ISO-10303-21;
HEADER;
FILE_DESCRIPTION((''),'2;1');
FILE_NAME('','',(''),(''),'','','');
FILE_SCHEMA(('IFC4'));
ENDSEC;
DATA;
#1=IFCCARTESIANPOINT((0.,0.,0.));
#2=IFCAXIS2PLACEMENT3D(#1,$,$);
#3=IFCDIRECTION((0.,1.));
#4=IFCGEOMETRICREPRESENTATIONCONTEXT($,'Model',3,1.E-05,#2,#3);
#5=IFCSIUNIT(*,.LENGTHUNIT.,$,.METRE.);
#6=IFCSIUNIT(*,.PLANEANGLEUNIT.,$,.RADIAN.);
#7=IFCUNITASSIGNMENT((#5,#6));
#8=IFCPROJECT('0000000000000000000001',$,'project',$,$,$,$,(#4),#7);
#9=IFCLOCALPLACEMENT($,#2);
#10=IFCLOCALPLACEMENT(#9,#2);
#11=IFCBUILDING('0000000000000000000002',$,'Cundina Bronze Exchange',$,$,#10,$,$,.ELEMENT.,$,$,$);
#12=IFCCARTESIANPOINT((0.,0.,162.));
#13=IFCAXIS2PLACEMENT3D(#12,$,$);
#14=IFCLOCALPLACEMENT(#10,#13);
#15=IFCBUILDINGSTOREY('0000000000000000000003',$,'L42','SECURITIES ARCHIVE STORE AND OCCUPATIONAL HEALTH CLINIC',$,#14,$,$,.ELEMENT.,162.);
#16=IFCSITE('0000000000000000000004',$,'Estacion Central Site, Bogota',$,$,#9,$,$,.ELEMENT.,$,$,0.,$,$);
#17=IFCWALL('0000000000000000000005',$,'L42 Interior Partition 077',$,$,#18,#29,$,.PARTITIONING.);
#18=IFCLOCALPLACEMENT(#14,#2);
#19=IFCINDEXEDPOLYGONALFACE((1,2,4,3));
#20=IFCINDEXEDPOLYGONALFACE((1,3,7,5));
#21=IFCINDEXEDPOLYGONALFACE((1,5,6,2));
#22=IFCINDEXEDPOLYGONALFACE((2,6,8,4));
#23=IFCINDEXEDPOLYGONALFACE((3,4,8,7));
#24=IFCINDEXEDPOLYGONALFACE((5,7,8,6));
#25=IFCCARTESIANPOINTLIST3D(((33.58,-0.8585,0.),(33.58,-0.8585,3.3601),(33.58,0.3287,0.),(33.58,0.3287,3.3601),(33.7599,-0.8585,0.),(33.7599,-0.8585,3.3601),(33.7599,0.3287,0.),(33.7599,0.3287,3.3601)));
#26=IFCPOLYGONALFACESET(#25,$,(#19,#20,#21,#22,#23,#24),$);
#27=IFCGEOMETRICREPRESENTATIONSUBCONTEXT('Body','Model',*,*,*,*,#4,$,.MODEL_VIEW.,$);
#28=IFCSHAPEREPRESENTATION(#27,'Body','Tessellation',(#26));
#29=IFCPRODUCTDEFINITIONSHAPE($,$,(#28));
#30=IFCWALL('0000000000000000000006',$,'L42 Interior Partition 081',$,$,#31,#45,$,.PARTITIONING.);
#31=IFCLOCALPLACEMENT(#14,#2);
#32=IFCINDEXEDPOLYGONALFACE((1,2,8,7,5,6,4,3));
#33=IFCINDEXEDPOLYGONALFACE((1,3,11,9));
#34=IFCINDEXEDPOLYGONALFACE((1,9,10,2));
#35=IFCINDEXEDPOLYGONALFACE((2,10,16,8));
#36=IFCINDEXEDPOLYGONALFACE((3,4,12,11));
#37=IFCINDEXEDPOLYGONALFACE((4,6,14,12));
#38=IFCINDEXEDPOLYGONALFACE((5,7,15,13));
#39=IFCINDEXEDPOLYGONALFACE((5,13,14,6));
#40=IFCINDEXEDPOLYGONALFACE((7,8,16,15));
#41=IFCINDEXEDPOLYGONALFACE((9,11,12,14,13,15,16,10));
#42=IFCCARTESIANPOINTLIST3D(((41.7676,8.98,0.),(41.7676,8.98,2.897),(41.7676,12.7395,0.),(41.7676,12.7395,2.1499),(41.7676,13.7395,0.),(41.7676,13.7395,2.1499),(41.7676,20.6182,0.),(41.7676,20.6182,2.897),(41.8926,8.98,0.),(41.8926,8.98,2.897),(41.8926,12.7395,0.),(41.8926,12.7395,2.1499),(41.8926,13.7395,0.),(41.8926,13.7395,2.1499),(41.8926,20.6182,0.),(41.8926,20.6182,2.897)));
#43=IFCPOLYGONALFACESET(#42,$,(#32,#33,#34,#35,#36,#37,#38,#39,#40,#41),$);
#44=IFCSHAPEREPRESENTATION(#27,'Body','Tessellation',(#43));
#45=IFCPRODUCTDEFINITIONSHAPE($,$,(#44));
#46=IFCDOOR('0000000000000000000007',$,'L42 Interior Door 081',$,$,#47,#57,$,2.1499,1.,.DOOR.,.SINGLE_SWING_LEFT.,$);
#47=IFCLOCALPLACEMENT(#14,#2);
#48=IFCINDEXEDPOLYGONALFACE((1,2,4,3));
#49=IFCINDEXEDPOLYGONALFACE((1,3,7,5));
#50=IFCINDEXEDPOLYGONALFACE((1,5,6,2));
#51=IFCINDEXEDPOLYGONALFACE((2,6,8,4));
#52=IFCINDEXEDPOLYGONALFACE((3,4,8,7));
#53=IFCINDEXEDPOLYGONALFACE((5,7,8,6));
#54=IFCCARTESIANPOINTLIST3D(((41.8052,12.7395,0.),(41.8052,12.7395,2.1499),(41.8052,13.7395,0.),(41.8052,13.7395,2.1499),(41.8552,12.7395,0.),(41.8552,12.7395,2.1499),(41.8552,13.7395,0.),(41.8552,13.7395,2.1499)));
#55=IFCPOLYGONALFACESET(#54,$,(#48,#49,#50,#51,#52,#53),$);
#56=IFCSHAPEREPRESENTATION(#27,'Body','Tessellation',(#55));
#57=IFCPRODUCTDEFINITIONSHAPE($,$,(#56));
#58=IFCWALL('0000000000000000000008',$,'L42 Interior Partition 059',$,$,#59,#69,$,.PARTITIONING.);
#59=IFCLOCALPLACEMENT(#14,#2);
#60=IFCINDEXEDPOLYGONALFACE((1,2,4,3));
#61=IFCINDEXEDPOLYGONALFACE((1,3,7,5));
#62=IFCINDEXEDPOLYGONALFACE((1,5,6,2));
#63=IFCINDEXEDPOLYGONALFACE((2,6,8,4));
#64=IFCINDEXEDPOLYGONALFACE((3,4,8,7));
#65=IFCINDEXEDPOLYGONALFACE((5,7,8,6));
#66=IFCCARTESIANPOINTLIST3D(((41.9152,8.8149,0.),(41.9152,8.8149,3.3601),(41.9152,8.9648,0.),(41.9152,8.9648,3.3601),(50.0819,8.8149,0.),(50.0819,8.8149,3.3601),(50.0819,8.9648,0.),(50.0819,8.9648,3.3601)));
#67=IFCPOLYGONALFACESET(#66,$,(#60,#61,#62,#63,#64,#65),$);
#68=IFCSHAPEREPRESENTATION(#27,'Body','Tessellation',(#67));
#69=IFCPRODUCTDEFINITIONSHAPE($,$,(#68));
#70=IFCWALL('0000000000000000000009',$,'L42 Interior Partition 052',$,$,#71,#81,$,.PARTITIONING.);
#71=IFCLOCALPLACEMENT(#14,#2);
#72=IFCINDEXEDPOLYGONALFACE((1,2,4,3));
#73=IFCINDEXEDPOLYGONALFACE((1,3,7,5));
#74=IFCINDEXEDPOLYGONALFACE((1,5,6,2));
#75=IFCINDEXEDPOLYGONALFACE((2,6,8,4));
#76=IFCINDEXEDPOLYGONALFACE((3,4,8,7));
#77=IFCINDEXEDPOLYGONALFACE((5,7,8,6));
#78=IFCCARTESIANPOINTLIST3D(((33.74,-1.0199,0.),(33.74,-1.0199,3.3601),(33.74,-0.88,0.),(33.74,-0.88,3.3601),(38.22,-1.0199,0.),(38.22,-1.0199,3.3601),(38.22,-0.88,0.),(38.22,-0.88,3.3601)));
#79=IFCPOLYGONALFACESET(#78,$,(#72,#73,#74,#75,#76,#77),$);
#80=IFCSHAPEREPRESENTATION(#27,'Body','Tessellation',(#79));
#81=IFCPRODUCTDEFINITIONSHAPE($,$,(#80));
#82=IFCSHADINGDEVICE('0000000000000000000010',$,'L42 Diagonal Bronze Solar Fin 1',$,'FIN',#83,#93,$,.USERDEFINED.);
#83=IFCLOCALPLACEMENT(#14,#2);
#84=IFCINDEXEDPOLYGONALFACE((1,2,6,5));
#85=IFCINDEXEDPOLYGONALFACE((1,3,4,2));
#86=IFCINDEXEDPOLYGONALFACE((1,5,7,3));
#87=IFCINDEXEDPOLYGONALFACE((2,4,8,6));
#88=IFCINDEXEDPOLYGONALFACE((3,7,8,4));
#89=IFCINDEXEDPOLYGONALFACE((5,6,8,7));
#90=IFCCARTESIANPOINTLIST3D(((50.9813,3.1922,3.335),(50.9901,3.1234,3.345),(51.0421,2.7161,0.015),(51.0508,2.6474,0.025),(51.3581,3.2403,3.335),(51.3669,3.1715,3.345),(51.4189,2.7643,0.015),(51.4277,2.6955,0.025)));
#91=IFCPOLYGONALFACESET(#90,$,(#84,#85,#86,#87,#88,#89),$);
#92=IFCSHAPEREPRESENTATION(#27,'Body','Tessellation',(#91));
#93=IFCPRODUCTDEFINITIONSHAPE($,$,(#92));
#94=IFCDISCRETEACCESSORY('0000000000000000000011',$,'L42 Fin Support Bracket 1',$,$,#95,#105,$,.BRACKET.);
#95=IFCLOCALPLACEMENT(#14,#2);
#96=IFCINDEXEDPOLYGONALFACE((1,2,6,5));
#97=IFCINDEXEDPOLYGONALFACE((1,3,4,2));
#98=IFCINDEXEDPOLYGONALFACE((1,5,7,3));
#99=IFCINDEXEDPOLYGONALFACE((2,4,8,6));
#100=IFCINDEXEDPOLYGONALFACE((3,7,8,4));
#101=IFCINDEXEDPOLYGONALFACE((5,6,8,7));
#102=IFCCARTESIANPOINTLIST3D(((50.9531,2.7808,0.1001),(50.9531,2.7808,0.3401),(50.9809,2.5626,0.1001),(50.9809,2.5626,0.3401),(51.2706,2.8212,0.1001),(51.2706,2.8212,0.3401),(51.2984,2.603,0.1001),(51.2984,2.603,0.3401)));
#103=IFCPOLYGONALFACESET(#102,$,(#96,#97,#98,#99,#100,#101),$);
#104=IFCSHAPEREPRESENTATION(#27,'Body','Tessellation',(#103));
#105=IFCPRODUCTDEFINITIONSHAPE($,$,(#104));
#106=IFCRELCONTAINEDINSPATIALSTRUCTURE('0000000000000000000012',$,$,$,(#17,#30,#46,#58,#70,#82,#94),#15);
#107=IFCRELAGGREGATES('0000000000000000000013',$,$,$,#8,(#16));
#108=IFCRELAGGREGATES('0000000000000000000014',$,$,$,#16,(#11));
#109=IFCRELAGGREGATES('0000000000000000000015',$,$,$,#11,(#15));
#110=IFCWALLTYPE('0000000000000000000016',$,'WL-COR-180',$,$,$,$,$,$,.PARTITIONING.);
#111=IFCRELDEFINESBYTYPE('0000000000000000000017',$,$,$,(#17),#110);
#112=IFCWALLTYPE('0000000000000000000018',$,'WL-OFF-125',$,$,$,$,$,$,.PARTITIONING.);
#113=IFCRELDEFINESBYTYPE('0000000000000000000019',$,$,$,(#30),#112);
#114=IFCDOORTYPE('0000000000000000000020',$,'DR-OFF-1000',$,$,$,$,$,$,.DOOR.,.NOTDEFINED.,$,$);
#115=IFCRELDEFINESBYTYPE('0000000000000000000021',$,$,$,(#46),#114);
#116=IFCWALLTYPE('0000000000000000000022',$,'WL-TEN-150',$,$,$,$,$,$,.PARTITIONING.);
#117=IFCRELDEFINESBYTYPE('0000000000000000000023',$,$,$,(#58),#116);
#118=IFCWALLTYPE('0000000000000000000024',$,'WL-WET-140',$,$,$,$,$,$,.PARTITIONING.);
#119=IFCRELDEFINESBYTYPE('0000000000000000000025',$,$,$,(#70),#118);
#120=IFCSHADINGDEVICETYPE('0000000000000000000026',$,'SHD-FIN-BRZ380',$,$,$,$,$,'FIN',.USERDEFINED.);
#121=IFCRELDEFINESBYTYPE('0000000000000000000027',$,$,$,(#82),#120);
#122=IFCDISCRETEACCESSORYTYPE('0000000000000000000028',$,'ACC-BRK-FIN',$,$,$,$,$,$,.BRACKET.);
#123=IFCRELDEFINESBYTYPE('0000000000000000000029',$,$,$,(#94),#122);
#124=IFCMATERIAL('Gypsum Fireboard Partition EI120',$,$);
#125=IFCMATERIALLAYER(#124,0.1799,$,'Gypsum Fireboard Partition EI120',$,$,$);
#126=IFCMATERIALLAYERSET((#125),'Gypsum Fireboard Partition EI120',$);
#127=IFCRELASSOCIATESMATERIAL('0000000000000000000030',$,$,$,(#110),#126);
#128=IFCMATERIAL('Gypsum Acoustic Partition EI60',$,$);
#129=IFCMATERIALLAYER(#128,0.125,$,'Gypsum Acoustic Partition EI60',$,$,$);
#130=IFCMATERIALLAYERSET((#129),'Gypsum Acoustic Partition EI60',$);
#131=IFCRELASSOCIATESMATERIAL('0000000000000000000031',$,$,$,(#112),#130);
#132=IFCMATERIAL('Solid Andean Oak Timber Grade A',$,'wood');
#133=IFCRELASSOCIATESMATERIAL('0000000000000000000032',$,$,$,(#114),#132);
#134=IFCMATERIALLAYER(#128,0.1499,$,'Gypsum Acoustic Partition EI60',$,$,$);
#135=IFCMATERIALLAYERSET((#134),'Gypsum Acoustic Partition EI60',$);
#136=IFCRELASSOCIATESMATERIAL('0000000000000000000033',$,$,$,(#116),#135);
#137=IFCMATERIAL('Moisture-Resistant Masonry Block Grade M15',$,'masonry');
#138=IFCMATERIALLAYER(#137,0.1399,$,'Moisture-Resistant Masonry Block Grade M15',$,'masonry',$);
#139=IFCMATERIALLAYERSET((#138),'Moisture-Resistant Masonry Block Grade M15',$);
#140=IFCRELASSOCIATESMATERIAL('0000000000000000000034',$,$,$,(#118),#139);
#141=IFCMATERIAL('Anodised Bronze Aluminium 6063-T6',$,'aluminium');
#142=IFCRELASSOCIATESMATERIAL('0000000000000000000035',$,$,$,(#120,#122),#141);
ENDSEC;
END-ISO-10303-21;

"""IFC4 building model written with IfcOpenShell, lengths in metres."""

from ifc_helpers import new_model, si_unit, direction, frame, frame_2d, origin, origin_2d, place, context, subcontext, project, spatial, rectangle, extrude, material, layer, layer_set, material_profile, profile_set, type_object, element, fill, save


model = new_model("IFC4")

# Units and contexts
model_context = context("Model", 3, precision=1e-05, world=origin(), true_north=direction((0.0, 1.0)))
body_context = subcontext(model_context, "Body", "Model", "MODEL_VIEW")
ifc_project = project(units=[si_unit("LENGTHUNIT", "METRE"), si_unit("PLANEANGLEUNIT", "RADIAN")], contexts=[model_context])

# Site, building, storey
site_placement = place(None, origin())
site = spatial("IfcSite", under=ifc_project, at=site_placement, Name="Estacion Central Site, Bogota", CompositionType="ELEMENT", RefElevation=0.0)
building_placement = place(site_placement, origin())
building = spatial("IfcBuilding", under=site, at=building_placement, Name="Cundina Bronze Exchange", CompositionType="ELEMENT")
storey_placement = place(building_placement, frame((0.0, 0.0, 162.0)))
storey = spatial("IfcBuildingStorey", under=building, at=storey_placement, Name="L42", Description="SECURITIES ARCHIVE STORE AND OCCUPATIONAL HEALTH CLINIC", CompositionType="ELEMENT", Elevation=162.0)

# Shared definitions
ifc_material_1 = material(Name="Anodised Bronze Aluminium 6063-T6", Category="aluminium")

# Wall
ifc_material_2 = material(Name="Gypsum Fireboard Partition EI120")
ifc_layer_1 = layer(ifc_material_2, 0.1799, Name="Gypsum Fireboard Partition EI120")
ifc_layer_set_1 = layer_set([ifc_layer_1], Name="Gypsum Fireboard Partition EI120")
wall_type_1 = type_object("IfcWallType", Name="WL-COR-180", PredefinedType="PARTITIONING", material=ifc_layer_set_1)
wall_1_placement = place(storey_placement, frame((33.6699, -0.8586, 0.0), z_axis=(0.0, 0.0, 1.0), x_axis=(0.0, 1.0, 0.0)))
element("IfcWall", 1, at=wall_1_placement, inside=storey, type_object=wall_type_1, Name="L42 Interior Partition 077", PredefinedType="PARTITIONING", context=body_context, shape_type="SweptSolid", body=[
    extrude(rectangle(XDim=1.1873, YDim=0.1799, at=frame_2d((0.5938, 0.0))), origin(), (0.0, 0.0, 1.0), 3.3601),
])

# Wall, opening, door
ifc_material_3 = material(Name="Gypsum Acoustic Partition EI60")
ifc_layer_2 = layer(ifc_material_3, 0.125, Name="Gypsum Acoustic Partition EI60")
ifc_layer_set_2 = layer_set([ifc_layer_2], Name="Gypsum Acoustic Partition EI60")
wall_type_2 = type_object("IfcWallType", Name="WL-OFF-125", PredefinedType="PARTITIONING", material=ifc_layer_set_2)
wall_2_placement = place(storey_placement, frame((41.8301, 8.98, 0.0), z_axis=(0.0, 0.0, 1.0), x_axis=(0.0, 1.0, 0.0)))
wall_2 = element("IfcWall", 2, at=wall_2_placement, inside=storey, type_object=wall_type_2, Name="L42 Interior Partition 081", PredefinedType="PARTITIONING", context=body_context, shape_type="SweptSolid", body=[
    extrude(rectangle(XDim=11.6382, YDim=0.125, at=frame_2d((5.8191, 0.0))), origin(), (0.0, 0.0, 1.0), 2.897),
])
opening_placement = place(wall_2_placement, frame((3.7595, 0.0, 0.0)))
opening = element("IfcOpeningElement", 3, at=opening_placement, cuts=wall_2, PredefinedType="OPENING", context=body_context, shape_type="SweptSolid", body=[
    extrude(rectangle(XDim=1.0, YDim=2.1499, at=frame_2d((0.5, 1.075))), frame((0.0, 0.0725, 0.0), z_axis=(0.0, -1.0, 0.0), x_axis=(1.0, 0.0, 0.0)), (0.0, 0.0, 1.0), 0.145),
])
ifc_material_4 = material(Name="Solid Andean Oak Timber Grade A", Category="wood")
door_type = type_object("IfcDoorType", Name="DR-OFF-1000", OperationType="NOTDEFINED", PredefinedType="DOOR", material=ifc_material_4)
door_placement = place(opening_placement, origin())
door = element("IfcDoor", 4, at=door_placement, inside=storey, type_object=door_type, Name="L42 Interior Door 081", OperationType="SINGLE_SWING_LEFT", OverallHeight=2.1499, OverallWidth=1.0, PredefinedType="DOOR", context=body_context, shape_type="SweptSolid", body=[
    extrude(rectangle(XDim=1.0, YDim=2.1499, at=frame_2d((0.5, 1.075))), frame((0.0, 0.0249, 0.0), z_axis=(0.0, -1.0, 0.0), x_axis=(1.0, 0.0, 0.0)), (0.0, 0.0, 1.0), 0.05),
])
fill(opening, door)

# Walls
ifc_layer_3 = layer(ifc_material_3, 0.1499, Name="Gypsum Acoustic Partition EI60")
ifc_layer_set_3 = layer_set([ifc_layer_3], Name="Gypsum Acoustic Partition EI60")
wall_type_3 = type_object("IfcWallType", Name="WL-TEN-150", PredefinedType="PARTITIONING", material=ifc_layer_set_3)
wall_3_placement = place(storey_placement, frame((41.915, 8.8899, 0.0), z_axis=(0.0, 0.0, 1.0), x_axis=(1.0, 0.0, 0.0)))
element("IfcWall", 5, at=wall_3_placement, inside=storey, type_object=wall_type_3, Name="L42 Interior Partition 059", PredefinedType="PARTITIONING", context=body_context, shape_type="SweptSolid", body=[
    extrude(rectangle(XDim=8.1667, YDim=0.1499, at=frame_2d((4.0835, 0.0))), origin(), (0.0, 0.0, 1.0), 3.3601),
])
ifc_material_5 = material(Name="Moisture-Resistant Masonry Block Grade M15", Category="masonry")
ifc_layer_4 = layer(ifc_material_5, 0.1399, Name="Moisture-Resistant Masonry Block Grade M15", Category="masonry")
ifc_layer_set_4 = layer_set([ifc_layer_4], Name="Moisture-Resistant Masonry Block Grade M15")
wall_type_4 = type_object("IfcWallType", Name="WL-WET-140", PredefinedType="PARTITIONING", material=ifc_layer_set_4)
wall_4_placement = place(storey_placement, frame((33.74, -0.95, 0.0), z_axis=(0.0, 0.0, 1.0), x_axis=(1.0, 0.0, 0.0)))
element("IfcWall", 6, at=wall_4_placement, inside=storey, type_object=wall_type_4, Name="L42 Interior Partition 052", PredefinedType="PARTITIONING", context=body_context, shape_type="SweptSolid", body=[
    extrude(rectangle(XDim=4.48, YDim=0.1399, at=frame_2d((2.24, 0.0))), origin(), (0.0, 0.0, 1.0), 3.3601),
])

# Shading device
ifc_material_profile_1 = material_profile(ifc_material_1, rectangle(XDim=0.0701, YDim=0.3799, at=origin_2d()), Name="FIN70X380", Category="aluminium")
ifc_profile_set_1 = profile_set([ifc_material_profile_1], Name="Anodised Bronze Aluminium 6063-T6")
shading_device_type = type_object("IfcShadingDeviceType", Name="SHD-FIN-BRZ380", ElementType="FIN", PredefinedType="USERDEFINED", material=ifc_profile_set_1)
shading_device_placement = place(storey_placement, frame((51.2349, 2.7058, 0.02), z_axis=(-0.018122, 0.141918, 0.989713), x_axis=(0.125361, -0.981741, 0.14307)))
element("IfcShadingDevice", 7, at=shading_device_placement, inside=storey, type_object=shading_device_type, Name="L42 Diagonal Bronze Solar Fin 1", ObjectType="FIN", PredefinedType="USERDEFINED", context=body_context, shape_type="SweptSolid", body=[
    extrude(rectangle(XDim=0.0701, YDim=0.3799, at=origin_2d()), origin(), (0.0, 0.0, 1.0), 3.3545),
])

# Discrete accessory
discrete_accessory_type = type_object("IfcDiscreteAccessoryType", Name="ACC-BRK-FIN", PredefinedType="BRACKET", material=ifc_material_1)
discrete_accessory_placement = place(storey_placement, frame((51.1257, 2.6919, 0.1001), z_axis=(0.0, 0.0, 1.0), x_axis=(-0.126476, 0.99197, 0.0)))
element("IfcDiscreteAccessory", 8, at=discrete_accessory_placement, inside=storey, type_object=discrete_accessory_type, Name="L42 Fin Support Bracket 1", PredefinedType="BRACKET", context=body_context, shape_type="SweptSolid", body=[
    extrude(rectangle(XDim=0.22, YDim=0.3201, at=origin_2d()), origin(), (0.0, 0.0, 1.0), 0.24),
])

save(model, "model.ifc")
